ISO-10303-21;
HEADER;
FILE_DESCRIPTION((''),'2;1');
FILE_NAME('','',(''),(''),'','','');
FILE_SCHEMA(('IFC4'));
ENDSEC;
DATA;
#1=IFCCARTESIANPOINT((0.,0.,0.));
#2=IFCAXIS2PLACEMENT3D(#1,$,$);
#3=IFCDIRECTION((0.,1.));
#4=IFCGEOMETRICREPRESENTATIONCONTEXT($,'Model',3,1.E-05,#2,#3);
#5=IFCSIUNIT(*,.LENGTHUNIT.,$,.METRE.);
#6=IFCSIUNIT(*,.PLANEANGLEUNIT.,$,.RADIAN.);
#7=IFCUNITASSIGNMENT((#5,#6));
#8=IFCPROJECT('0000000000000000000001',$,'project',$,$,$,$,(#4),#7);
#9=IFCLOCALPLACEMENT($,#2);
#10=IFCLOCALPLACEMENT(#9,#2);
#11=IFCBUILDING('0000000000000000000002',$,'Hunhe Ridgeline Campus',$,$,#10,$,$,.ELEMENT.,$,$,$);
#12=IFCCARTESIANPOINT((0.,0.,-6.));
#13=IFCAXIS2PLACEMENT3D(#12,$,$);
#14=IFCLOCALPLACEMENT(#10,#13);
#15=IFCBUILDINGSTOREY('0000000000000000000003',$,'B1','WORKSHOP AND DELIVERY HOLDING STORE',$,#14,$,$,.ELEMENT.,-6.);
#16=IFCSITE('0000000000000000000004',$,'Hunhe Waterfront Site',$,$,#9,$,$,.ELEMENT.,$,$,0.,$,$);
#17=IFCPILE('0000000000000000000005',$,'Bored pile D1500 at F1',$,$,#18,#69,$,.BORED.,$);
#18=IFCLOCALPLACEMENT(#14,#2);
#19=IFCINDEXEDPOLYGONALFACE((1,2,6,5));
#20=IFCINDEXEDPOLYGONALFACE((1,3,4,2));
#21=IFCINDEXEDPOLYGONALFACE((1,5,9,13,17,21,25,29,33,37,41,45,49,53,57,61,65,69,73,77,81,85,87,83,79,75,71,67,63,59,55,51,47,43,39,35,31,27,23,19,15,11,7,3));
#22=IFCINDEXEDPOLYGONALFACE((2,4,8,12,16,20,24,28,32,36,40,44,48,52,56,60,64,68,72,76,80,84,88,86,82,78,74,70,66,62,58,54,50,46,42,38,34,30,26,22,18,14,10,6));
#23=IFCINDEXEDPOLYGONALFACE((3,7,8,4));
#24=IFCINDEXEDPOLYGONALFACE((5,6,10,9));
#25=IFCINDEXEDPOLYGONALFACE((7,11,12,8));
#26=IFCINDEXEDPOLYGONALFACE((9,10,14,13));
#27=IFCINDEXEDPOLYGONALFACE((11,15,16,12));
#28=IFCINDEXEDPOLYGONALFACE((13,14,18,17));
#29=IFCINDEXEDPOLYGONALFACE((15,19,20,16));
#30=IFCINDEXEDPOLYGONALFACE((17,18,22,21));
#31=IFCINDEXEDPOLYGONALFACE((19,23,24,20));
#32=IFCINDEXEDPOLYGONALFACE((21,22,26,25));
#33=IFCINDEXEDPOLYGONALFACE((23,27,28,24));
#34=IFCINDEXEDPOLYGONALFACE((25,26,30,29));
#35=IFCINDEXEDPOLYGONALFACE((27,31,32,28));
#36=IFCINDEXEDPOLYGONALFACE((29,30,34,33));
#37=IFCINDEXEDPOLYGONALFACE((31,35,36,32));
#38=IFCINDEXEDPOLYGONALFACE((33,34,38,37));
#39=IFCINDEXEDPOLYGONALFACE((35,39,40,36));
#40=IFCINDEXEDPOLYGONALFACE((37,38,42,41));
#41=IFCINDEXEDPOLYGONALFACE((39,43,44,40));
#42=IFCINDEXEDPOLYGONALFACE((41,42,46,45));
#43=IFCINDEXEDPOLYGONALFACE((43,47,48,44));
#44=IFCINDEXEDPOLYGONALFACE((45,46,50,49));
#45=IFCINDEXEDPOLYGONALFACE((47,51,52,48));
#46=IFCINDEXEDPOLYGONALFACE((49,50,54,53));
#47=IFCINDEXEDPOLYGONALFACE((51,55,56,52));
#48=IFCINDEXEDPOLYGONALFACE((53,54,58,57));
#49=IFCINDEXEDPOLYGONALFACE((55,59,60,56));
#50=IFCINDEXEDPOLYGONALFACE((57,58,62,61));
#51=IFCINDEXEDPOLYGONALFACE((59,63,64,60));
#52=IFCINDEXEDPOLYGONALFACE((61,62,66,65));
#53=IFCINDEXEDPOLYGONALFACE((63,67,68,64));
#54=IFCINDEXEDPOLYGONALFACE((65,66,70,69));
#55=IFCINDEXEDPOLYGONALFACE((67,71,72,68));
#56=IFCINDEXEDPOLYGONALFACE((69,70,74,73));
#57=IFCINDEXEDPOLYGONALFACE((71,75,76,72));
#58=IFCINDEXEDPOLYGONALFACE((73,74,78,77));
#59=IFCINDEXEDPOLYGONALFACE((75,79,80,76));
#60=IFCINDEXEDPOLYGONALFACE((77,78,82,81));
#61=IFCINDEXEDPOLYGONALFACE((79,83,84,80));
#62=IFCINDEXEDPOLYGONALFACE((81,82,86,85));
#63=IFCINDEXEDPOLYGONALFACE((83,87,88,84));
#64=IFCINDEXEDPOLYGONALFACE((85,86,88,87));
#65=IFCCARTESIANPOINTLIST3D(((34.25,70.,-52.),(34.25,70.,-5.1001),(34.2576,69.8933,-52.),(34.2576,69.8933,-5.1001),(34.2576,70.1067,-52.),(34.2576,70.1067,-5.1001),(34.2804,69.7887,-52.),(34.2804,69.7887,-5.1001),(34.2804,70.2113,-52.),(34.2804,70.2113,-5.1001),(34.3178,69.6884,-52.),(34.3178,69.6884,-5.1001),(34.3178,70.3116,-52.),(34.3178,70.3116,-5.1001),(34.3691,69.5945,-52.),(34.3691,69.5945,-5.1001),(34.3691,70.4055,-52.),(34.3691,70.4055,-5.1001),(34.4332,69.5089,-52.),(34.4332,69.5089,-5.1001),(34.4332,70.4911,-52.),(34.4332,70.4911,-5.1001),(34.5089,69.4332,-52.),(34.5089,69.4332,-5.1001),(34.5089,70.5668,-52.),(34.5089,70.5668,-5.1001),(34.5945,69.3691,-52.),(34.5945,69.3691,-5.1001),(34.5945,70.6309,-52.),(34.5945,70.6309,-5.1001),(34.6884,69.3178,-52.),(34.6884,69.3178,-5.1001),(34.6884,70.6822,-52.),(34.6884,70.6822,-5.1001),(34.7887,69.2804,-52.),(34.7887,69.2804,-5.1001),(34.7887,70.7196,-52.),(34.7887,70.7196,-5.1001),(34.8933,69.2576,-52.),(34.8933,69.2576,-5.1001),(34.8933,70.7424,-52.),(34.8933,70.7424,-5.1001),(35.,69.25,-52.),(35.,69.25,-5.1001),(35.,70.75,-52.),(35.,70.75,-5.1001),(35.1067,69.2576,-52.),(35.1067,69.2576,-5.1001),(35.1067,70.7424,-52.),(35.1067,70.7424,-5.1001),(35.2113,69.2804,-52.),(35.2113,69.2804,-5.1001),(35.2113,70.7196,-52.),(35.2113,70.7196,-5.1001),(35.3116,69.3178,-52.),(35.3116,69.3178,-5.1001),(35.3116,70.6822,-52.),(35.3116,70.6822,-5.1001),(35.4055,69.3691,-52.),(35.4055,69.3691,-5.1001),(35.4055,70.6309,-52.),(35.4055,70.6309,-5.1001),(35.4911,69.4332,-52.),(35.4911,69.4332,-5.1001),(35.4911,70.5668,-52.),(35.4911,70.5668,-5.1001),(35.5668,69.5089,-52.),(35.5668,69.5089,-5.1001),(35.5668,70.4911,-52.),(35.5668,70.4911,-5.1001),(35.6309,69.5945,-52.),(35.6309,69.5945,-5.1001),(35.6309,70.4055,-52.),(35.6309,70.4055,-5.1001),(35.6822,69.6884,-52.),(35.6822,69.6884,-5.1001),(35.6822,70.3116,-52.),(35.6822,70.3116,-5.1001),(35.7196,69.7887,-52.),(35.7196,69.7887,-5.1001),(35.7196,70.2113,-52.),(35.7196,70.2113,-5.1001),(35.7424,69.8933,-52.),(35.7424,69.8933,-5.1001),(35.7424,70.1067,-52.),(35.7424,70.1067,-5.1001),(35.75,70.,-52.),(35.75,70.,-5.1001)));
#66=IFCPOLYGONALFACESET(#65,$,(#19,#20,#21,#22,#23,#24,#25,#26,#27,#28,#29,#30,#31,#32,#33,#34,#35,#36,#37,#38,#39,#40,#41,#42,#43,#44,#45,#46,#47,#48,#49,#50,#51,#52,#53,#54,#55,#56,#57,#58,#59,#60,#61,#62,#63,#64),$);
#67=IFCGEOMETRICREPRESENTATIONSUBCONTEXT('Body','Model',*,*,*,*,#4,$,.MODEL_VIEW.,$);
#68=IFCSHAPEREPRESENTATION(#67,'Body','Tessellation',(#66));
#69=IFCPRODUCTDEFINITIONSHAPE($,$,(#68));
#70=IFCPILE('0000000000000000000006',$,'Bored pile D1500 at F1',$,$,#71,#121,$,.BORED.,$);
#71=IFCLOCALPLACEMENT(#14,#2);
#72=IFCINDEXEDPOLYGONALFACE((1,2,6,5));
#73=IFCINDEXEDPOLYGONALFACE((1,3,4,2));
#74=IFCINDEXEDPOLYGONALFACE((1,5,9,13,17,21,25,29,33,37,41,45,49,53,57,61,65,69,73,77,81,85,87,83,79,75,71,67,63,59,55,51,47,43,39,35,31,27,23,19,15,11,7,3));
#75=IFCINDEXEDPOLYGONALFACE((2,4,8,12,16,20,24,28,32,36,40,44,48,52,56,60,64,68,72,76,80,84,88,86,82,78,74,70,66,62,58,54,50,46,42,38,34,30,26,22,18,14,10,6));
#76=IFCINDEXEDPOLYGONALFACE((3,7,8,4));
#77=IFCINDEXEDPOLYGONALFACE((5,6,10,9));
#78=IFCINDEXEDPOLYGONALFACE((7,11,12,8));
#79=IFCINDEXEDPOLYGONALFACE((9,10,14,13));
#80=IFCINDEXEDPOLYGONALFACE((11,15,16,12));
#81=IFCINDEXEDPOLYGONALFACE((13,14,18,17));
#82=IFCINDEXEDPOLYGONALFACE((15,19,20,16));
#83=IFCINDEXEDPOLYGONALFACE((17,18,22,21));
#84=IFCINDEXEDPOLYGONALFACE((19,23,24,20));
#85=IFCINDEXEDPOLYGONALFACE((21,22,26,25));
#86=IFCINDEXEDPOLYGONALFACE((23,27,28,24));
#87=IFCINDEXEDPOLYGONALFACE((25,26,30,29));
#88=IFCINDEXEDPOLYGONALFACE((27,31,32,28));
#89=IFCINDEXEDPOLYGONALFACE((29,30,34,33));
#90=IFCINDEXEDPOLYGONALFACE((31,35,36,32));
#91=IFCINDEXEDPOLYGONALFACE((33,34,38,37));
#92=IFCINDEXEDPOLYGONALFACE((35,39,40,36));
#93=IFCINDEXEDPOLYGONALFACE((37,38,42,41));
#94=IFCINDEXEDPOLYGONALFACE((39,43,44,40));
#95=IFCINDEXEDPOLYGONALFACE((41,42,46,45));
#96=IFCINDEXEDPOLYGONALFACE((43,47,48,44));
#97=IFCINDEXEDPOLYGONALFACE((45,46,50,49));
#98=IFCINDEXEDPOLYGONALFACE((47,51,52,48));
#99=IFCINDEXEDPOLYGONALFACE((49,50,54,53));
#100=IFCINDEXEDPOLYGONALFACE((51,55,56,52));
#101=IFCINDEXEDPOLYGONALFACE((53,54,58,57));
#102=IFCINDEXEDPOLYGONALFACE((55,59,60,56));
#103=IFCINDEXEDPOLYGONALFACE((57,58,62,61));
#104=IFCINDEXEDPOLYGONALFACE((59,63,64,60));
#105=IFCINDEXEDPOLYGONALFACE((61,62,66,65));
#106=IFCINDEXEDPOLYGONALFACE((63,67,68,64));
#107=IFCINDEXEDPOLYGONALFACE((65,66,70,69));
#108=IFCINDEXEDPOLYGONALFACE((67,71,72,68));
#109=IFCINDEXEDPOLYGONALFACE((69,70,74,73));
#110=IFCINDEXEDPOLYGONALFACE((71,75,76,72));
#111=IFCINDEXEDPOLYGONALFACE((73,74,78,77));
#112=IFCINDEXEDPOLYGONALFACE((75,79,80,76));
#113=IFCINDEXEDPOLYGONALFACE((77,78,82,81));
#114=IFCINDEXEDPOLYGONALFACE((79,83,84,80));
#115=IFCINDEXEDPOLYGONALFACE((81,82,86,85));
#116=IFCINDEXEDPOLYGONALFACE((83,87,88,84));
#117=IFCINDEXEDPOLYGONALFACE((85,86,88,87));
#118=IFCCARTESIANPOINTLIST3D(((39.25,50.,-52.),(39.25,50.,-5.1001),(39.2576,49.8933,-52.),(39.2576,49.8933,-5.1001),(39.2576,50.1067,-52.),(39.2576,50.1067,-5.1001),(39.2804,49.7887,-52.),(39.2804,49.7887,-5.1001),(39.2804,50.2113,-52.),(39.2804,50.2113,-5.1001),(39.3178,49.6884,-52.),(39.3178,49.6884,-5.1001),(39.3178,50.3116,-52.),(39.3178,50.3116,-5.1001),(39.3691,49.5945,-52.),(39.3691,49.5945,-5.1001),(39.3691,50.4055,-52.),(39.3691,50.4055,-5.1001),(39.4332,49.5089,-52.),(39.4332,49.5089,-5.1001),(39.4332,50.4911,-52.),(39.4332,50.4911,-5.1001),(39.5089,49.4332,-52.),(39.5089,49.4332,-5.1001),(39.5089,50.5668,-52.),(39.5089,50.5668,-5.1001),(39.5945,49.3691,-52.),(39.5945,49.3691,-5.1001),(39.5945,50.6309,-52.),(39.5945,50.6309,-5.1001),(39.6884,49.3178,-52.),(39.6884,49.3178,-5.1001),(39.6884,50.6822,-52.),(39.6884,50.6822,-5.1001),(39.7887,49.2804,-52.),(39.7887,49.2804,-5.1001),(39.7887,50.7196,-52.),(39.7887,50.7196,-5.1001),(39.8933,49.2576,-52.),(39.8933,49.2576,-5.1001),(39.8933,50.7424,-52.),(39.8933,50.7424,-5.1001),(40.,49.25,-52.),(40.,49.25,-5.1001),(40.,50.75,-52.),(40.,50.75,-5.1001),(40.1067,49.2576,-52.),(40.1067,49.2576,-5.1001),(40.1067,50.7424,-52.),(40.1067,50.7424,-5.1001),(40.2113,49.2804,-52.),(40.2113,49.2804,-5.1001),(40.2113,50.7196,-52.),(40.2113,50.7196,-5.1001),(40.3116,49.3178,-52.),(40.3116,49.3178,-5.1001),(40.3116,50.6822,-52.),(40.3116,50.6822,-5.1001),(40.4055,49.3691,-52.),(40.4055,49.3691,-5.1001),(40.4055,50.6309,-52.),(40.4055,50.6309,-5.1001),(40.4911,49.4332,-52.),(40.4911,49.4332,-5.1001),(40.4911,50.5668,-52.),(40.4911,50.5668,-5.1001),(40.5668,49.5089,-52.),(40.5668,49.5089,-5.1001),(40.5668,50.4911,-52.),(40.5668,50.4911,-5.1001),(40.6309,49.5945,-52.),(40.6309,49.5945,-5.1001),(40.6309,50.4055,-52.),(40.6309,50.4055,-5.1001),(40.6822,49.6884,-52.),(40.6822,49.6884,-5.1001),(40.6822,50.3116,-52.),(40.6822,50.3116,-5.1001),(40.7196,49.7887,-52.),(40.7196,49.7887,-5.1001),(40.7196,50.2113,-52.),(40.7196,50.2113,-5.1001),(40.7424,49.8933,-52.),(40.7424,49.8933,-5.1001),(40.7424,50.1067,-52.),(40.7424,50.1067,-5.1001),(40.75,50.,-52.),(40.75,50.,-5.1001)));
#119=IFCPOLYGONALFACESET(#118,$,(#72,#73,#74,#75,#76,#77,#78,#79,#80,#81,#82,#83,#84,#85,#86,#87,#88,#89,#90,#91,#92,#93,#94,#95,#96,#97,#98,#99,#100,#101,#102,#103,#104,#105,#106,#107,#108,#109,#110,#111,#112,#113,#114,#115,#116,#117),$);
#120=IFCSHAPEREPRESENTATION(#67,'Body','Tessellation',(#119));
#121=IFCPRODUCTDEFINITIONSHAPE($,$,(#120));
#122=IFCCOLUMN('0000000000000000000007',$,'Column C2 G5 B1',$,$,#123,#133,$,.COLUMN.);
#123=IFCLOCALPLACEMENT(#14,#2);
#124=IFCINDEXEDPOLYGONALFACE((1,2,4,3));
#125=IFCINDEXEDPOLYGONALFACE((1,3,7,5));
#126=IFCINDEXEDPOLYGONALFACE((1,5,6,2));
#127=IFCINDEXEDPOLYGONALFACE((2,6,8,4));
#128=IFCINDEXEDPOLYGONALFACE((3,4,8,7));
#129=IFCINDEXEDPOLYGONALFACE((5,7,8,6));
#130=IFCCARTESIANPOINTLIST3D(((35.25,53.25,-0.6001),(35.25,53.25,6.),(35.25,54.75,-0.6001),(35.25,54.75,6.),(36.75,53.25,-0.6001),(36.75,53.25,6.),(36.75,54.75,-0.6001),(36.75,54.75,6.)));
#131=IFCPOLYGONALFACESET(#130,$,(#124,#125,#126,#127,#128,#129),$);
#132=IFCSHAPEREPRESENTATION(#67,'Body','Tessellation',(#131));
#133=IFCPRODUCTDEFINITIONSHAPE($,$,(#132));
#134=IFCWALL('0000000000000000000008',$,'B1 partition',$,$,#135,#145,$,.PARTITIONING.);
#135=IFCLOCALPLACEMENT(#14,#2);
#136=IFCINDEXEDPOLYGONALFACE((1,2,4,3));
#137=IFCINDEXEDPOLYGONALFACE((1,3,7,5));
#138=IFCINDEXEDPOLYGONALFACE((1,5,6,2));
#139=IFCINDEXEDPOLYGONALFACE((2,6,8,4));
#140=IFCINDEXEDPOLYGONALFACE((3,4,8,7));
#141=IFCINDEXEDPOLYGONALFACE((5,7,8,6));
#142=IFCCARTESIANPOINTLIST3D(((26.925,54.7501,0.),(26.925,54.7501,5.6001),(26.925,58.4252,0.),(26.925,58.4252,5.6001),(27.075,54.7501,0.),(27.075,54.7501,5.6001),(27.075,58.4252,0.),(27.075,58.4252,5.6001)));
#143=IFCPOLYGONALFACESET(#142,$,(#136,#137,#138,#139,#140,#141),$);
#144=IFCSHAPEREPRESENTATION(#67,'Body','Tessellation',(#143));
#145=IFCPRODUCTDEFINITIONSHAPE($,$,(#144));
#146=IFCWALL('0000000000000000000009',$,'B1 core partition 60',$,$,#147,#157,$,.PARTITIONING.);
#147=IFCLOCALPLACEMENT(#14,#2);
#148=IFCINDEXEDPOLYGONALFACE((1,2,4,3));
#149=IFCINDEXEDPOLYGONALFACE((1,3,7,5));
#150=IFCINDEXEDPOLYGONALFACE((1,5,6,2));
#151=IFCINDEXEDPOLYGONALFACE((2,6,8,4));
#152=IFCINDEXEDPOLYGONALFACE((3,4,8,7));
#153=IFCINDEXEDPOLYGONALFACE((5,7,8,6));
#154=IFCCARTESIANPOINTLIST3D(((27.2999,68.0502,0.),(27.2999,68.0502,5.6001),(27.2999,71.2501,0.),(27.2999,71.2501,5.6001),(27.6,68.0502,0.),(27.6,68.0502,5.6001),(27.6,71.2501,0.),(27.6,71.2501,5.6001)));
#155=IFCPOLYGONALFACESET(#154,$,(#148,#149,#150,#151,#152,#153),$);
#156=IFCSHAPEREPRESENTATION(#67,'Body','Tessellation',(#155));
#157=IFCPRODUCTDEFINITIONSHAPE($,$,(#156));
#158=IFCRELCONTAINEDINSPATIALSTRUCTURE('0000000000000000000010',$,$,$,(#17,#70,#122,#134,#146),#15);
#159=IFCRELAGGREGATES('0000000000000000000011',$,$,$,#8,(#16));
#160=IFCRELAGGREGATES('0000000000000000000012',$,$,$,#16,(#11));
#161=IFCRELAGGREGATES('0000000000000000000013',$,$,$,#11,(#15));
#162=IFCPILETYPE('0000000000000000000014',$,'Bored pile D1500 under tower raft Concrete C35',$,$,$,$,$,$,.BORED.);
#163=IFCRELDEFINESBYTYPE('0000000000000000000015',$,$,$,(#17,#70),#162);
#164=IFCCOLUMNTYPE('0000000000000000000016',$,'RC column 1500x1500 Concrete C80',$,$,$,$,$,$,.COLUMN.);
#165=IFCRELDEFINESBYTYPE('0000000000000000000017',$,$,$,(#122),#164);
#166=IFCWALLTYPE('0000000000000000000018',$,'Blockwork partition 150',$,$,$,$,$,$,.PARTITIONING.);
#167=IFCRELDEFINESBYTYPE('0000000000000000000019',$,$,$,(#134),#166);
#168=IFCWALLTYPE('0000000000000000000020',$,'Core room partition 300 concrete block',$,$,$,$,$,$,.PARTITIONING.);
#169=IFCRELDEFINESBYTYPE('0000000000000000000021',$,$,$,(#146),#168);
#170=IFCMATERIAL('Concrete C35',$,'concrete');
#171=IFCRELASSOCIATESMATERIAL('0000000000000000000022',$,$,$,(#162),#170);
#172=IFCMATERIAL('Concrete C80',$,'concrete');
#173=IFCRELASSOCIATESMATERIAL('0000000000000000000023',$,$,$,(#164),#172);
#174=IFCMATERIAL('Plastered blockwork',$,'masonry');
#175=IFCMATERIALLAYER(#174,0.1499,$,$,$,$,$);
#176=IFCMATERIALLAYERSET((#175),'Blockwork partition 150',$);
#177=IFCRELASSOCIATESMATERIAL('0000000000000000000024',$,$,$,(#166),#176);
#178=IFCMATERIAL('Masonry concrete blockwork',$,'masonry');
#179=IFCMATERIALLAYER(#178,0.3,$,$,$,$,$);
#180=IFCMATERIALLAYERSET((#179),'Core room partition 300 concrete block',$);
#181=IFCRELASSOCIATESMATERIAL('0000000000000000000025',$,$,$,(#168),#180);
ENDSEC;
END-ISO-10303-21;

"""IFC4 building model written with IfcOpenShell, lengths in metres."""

from ifc_helpers import new_model, si_unit, direction, frame, frame_2d, origin, origin_2d, place, context, subcontext, project, spatial, rectangle, circle, extrude, material, layer, layer_set, material_profile, profile_set, type_object, element, save


model = new_model("IFC4")

# Units and contexts
model_context = context("Model", 3, precision=1e-05, world=origin(), true_north=direction((0.0, 1.0)))
body_context = subcontext(model_context, "Body", "Model", "MODEL_VIEW")
ifc_project = project(units=[si_unit("LENGTHUNIT", "METRE"), si_unit("PLANEANGLEUNIT", "RADIAN")], contexts=[model_context])

# Site, building, storey
site_placement = place(None, origin())
site = spatial("IfcSite", under=ifc_project, at=site_placement, Name="Hunhe Waterfront Site", CompositionType="ELEMENT", RefElevation=0.0)
building_placement = place(site_placement, origin())
building = spatial("IfcBuilding", under=site, at=building_placement, Name="Hunhe Ridgeline Campus", CompositionType="ELEMENT")
storey_placement = place(building_placement, frame((0.0, 0.0, -6.0)))
storey = spatial("IfcBuildingStorey", under=building, at=storey_placement, Name="B1", Description="WORKSHOP AND DELIVERY HOLDING STORE", CompositionType="ELEMENT", Elevation=-6.0)

# Piles
ifc_material_1 = material(Name="Concrete C35", Category="concrete")
ifc_material_profile_1 = material_profile(ifc_material_1, circle(Radius=0.75, at=origin_2d()))
ifc_profile_set_1 = profile_set([ifc_material_profile_1], Name="Concrete C35")
pile_type = type_object("IfcPileType", Name="Bored pile D1500 under tower raft Concrete C35", PredefinedType="BORED", material=ifc_profile_set_1)
for number, where, z_axis, x_axis, name in (
    (1, (35.0, 70.0, -5.1001), (0.0, 0.0, -1.0), (1.0, 0.0, 0.0), "Bored pile D1500 at F1"),
    (2, (40.0, 50.0, -5.1001), (0.0, 0.0, -1.0), (1.0, 0.0, 0.0), "Bored pile D1500 at F1"),
):
    element("IfcPile", number, at=place(storey_placement, frame(where, z_axis=z_axis, x_axis=x_axis)), inside=storey, type_object=pile_type, Name=name, PredefinedType="BORED", context=body_context, shape_type="SweptSolid", body=[
        extrude(circle(Radius=0.75, at=origin_2d()), origin(), (0.0, 0.0, 1.0), 46.8999),
    ])

# Column
ifc_material_2 = material(Name="Concrete C80", Category="concrete")
ifc_material_profile_2 = material_profile(ifc_material_2, rectangle(XDim=1.5, YDim=1.5, at=origin_2d()))
ifc_profile_set_2 = profile_set([ifc_material_profile_2], Name="Concrete C80")
column_type = type_object("IfcColumnType", Name="RC column 1500x1500 Concrete C80", PredefinedType="COLUMN", material=ifc_profile_set_2)
column_placement = place(storey_placement, frame((36.0, 54.0, -0.6001), z_axis=(0.0, 0.0, 1.0), x_axis=(1.0, 0.0, 0.0)))
element("IfcColumn", 3, at=column_placement, inside=storey, type_object=column_type, Name="Column C2 G5 B1", PredefinedType="COLUMN", context=body_context, shape_type="SweptSolid", body=[
    extrude(rectangle(XDim=1.5, YDim=1.5, at=origin_2d()), origin(), (0.0, 0.0, 1.0), 6.6001),
])

# Walls
ifc_material_3 = material(Name="Plastered blockwork", Category="masonry")
ifc_layer_1 = layer(ifc_material_3, 0.1499)
ifc_layer_set_1 = layer_set([ifc_layer_1], Name="Blockwork partition 150")
wall_type_1 = type_object("IfcWallType", Name="Blockwork partition 150", PredefinedType="PARTITIONING", material=ifc_layer_set_1)
wall_1_placement = place(storey_placement, frame((27.0, 58.425, 0.0), z_axis=(0.0, 0.0, 1.0), x_axis=(0.0, -1.0, 0.0)))
element("IfcWall", 4, at=wall_1_placement, inside=storey, type_object=wall_type_1, Name="B1 partition", PredefinedType="PARTITIONING", context=body_context, shape_type="SweptSolid", body=[
    extrude(rectangle(XDim=3.675, YDim=0.1499, at=frame_2d((1.8374, 0.0))), origin(), (0.0, 0.0, 1.0), 5.6001),
])
ifc_material_4 = material(Name="Masonry concrete blockwork", Category="masonry")
ifc_layer_2 = layer(ifc_material_4, 0.3)
ifc_layer_set_2 = layer_set([ifc_layer_2], Name="Core room partition 300 concrete block")
wall_type_2 = type_object("IfcWallType", Name="Core room partition 300 concrete block", PredefinedType="PARTITIONING", material=ifc_layer_set_2)
wall_2_placement = place(storey_placement, frame((27.45, 68.05, 0.0), z_axis=(0.0, 0.0, 1.0), x_axis=(0.0, 1.0, 0.0)))
element("IfcWall", 5, at=wall_2_placement, inside=storey, type_object=wall_type_2, Name="B1 core partition 60", PredefinedType="PARTITIONING", context=body_context, shape_type="SweptSolid", body=[
    extrude(rectangle(XDim=3.2, YDim=0.3, at=frame_2d((1.6001, 0.0))), origin(), (0.0, 0.0, 1.0), 5.6001),
])

save(model, "model.ifc")
